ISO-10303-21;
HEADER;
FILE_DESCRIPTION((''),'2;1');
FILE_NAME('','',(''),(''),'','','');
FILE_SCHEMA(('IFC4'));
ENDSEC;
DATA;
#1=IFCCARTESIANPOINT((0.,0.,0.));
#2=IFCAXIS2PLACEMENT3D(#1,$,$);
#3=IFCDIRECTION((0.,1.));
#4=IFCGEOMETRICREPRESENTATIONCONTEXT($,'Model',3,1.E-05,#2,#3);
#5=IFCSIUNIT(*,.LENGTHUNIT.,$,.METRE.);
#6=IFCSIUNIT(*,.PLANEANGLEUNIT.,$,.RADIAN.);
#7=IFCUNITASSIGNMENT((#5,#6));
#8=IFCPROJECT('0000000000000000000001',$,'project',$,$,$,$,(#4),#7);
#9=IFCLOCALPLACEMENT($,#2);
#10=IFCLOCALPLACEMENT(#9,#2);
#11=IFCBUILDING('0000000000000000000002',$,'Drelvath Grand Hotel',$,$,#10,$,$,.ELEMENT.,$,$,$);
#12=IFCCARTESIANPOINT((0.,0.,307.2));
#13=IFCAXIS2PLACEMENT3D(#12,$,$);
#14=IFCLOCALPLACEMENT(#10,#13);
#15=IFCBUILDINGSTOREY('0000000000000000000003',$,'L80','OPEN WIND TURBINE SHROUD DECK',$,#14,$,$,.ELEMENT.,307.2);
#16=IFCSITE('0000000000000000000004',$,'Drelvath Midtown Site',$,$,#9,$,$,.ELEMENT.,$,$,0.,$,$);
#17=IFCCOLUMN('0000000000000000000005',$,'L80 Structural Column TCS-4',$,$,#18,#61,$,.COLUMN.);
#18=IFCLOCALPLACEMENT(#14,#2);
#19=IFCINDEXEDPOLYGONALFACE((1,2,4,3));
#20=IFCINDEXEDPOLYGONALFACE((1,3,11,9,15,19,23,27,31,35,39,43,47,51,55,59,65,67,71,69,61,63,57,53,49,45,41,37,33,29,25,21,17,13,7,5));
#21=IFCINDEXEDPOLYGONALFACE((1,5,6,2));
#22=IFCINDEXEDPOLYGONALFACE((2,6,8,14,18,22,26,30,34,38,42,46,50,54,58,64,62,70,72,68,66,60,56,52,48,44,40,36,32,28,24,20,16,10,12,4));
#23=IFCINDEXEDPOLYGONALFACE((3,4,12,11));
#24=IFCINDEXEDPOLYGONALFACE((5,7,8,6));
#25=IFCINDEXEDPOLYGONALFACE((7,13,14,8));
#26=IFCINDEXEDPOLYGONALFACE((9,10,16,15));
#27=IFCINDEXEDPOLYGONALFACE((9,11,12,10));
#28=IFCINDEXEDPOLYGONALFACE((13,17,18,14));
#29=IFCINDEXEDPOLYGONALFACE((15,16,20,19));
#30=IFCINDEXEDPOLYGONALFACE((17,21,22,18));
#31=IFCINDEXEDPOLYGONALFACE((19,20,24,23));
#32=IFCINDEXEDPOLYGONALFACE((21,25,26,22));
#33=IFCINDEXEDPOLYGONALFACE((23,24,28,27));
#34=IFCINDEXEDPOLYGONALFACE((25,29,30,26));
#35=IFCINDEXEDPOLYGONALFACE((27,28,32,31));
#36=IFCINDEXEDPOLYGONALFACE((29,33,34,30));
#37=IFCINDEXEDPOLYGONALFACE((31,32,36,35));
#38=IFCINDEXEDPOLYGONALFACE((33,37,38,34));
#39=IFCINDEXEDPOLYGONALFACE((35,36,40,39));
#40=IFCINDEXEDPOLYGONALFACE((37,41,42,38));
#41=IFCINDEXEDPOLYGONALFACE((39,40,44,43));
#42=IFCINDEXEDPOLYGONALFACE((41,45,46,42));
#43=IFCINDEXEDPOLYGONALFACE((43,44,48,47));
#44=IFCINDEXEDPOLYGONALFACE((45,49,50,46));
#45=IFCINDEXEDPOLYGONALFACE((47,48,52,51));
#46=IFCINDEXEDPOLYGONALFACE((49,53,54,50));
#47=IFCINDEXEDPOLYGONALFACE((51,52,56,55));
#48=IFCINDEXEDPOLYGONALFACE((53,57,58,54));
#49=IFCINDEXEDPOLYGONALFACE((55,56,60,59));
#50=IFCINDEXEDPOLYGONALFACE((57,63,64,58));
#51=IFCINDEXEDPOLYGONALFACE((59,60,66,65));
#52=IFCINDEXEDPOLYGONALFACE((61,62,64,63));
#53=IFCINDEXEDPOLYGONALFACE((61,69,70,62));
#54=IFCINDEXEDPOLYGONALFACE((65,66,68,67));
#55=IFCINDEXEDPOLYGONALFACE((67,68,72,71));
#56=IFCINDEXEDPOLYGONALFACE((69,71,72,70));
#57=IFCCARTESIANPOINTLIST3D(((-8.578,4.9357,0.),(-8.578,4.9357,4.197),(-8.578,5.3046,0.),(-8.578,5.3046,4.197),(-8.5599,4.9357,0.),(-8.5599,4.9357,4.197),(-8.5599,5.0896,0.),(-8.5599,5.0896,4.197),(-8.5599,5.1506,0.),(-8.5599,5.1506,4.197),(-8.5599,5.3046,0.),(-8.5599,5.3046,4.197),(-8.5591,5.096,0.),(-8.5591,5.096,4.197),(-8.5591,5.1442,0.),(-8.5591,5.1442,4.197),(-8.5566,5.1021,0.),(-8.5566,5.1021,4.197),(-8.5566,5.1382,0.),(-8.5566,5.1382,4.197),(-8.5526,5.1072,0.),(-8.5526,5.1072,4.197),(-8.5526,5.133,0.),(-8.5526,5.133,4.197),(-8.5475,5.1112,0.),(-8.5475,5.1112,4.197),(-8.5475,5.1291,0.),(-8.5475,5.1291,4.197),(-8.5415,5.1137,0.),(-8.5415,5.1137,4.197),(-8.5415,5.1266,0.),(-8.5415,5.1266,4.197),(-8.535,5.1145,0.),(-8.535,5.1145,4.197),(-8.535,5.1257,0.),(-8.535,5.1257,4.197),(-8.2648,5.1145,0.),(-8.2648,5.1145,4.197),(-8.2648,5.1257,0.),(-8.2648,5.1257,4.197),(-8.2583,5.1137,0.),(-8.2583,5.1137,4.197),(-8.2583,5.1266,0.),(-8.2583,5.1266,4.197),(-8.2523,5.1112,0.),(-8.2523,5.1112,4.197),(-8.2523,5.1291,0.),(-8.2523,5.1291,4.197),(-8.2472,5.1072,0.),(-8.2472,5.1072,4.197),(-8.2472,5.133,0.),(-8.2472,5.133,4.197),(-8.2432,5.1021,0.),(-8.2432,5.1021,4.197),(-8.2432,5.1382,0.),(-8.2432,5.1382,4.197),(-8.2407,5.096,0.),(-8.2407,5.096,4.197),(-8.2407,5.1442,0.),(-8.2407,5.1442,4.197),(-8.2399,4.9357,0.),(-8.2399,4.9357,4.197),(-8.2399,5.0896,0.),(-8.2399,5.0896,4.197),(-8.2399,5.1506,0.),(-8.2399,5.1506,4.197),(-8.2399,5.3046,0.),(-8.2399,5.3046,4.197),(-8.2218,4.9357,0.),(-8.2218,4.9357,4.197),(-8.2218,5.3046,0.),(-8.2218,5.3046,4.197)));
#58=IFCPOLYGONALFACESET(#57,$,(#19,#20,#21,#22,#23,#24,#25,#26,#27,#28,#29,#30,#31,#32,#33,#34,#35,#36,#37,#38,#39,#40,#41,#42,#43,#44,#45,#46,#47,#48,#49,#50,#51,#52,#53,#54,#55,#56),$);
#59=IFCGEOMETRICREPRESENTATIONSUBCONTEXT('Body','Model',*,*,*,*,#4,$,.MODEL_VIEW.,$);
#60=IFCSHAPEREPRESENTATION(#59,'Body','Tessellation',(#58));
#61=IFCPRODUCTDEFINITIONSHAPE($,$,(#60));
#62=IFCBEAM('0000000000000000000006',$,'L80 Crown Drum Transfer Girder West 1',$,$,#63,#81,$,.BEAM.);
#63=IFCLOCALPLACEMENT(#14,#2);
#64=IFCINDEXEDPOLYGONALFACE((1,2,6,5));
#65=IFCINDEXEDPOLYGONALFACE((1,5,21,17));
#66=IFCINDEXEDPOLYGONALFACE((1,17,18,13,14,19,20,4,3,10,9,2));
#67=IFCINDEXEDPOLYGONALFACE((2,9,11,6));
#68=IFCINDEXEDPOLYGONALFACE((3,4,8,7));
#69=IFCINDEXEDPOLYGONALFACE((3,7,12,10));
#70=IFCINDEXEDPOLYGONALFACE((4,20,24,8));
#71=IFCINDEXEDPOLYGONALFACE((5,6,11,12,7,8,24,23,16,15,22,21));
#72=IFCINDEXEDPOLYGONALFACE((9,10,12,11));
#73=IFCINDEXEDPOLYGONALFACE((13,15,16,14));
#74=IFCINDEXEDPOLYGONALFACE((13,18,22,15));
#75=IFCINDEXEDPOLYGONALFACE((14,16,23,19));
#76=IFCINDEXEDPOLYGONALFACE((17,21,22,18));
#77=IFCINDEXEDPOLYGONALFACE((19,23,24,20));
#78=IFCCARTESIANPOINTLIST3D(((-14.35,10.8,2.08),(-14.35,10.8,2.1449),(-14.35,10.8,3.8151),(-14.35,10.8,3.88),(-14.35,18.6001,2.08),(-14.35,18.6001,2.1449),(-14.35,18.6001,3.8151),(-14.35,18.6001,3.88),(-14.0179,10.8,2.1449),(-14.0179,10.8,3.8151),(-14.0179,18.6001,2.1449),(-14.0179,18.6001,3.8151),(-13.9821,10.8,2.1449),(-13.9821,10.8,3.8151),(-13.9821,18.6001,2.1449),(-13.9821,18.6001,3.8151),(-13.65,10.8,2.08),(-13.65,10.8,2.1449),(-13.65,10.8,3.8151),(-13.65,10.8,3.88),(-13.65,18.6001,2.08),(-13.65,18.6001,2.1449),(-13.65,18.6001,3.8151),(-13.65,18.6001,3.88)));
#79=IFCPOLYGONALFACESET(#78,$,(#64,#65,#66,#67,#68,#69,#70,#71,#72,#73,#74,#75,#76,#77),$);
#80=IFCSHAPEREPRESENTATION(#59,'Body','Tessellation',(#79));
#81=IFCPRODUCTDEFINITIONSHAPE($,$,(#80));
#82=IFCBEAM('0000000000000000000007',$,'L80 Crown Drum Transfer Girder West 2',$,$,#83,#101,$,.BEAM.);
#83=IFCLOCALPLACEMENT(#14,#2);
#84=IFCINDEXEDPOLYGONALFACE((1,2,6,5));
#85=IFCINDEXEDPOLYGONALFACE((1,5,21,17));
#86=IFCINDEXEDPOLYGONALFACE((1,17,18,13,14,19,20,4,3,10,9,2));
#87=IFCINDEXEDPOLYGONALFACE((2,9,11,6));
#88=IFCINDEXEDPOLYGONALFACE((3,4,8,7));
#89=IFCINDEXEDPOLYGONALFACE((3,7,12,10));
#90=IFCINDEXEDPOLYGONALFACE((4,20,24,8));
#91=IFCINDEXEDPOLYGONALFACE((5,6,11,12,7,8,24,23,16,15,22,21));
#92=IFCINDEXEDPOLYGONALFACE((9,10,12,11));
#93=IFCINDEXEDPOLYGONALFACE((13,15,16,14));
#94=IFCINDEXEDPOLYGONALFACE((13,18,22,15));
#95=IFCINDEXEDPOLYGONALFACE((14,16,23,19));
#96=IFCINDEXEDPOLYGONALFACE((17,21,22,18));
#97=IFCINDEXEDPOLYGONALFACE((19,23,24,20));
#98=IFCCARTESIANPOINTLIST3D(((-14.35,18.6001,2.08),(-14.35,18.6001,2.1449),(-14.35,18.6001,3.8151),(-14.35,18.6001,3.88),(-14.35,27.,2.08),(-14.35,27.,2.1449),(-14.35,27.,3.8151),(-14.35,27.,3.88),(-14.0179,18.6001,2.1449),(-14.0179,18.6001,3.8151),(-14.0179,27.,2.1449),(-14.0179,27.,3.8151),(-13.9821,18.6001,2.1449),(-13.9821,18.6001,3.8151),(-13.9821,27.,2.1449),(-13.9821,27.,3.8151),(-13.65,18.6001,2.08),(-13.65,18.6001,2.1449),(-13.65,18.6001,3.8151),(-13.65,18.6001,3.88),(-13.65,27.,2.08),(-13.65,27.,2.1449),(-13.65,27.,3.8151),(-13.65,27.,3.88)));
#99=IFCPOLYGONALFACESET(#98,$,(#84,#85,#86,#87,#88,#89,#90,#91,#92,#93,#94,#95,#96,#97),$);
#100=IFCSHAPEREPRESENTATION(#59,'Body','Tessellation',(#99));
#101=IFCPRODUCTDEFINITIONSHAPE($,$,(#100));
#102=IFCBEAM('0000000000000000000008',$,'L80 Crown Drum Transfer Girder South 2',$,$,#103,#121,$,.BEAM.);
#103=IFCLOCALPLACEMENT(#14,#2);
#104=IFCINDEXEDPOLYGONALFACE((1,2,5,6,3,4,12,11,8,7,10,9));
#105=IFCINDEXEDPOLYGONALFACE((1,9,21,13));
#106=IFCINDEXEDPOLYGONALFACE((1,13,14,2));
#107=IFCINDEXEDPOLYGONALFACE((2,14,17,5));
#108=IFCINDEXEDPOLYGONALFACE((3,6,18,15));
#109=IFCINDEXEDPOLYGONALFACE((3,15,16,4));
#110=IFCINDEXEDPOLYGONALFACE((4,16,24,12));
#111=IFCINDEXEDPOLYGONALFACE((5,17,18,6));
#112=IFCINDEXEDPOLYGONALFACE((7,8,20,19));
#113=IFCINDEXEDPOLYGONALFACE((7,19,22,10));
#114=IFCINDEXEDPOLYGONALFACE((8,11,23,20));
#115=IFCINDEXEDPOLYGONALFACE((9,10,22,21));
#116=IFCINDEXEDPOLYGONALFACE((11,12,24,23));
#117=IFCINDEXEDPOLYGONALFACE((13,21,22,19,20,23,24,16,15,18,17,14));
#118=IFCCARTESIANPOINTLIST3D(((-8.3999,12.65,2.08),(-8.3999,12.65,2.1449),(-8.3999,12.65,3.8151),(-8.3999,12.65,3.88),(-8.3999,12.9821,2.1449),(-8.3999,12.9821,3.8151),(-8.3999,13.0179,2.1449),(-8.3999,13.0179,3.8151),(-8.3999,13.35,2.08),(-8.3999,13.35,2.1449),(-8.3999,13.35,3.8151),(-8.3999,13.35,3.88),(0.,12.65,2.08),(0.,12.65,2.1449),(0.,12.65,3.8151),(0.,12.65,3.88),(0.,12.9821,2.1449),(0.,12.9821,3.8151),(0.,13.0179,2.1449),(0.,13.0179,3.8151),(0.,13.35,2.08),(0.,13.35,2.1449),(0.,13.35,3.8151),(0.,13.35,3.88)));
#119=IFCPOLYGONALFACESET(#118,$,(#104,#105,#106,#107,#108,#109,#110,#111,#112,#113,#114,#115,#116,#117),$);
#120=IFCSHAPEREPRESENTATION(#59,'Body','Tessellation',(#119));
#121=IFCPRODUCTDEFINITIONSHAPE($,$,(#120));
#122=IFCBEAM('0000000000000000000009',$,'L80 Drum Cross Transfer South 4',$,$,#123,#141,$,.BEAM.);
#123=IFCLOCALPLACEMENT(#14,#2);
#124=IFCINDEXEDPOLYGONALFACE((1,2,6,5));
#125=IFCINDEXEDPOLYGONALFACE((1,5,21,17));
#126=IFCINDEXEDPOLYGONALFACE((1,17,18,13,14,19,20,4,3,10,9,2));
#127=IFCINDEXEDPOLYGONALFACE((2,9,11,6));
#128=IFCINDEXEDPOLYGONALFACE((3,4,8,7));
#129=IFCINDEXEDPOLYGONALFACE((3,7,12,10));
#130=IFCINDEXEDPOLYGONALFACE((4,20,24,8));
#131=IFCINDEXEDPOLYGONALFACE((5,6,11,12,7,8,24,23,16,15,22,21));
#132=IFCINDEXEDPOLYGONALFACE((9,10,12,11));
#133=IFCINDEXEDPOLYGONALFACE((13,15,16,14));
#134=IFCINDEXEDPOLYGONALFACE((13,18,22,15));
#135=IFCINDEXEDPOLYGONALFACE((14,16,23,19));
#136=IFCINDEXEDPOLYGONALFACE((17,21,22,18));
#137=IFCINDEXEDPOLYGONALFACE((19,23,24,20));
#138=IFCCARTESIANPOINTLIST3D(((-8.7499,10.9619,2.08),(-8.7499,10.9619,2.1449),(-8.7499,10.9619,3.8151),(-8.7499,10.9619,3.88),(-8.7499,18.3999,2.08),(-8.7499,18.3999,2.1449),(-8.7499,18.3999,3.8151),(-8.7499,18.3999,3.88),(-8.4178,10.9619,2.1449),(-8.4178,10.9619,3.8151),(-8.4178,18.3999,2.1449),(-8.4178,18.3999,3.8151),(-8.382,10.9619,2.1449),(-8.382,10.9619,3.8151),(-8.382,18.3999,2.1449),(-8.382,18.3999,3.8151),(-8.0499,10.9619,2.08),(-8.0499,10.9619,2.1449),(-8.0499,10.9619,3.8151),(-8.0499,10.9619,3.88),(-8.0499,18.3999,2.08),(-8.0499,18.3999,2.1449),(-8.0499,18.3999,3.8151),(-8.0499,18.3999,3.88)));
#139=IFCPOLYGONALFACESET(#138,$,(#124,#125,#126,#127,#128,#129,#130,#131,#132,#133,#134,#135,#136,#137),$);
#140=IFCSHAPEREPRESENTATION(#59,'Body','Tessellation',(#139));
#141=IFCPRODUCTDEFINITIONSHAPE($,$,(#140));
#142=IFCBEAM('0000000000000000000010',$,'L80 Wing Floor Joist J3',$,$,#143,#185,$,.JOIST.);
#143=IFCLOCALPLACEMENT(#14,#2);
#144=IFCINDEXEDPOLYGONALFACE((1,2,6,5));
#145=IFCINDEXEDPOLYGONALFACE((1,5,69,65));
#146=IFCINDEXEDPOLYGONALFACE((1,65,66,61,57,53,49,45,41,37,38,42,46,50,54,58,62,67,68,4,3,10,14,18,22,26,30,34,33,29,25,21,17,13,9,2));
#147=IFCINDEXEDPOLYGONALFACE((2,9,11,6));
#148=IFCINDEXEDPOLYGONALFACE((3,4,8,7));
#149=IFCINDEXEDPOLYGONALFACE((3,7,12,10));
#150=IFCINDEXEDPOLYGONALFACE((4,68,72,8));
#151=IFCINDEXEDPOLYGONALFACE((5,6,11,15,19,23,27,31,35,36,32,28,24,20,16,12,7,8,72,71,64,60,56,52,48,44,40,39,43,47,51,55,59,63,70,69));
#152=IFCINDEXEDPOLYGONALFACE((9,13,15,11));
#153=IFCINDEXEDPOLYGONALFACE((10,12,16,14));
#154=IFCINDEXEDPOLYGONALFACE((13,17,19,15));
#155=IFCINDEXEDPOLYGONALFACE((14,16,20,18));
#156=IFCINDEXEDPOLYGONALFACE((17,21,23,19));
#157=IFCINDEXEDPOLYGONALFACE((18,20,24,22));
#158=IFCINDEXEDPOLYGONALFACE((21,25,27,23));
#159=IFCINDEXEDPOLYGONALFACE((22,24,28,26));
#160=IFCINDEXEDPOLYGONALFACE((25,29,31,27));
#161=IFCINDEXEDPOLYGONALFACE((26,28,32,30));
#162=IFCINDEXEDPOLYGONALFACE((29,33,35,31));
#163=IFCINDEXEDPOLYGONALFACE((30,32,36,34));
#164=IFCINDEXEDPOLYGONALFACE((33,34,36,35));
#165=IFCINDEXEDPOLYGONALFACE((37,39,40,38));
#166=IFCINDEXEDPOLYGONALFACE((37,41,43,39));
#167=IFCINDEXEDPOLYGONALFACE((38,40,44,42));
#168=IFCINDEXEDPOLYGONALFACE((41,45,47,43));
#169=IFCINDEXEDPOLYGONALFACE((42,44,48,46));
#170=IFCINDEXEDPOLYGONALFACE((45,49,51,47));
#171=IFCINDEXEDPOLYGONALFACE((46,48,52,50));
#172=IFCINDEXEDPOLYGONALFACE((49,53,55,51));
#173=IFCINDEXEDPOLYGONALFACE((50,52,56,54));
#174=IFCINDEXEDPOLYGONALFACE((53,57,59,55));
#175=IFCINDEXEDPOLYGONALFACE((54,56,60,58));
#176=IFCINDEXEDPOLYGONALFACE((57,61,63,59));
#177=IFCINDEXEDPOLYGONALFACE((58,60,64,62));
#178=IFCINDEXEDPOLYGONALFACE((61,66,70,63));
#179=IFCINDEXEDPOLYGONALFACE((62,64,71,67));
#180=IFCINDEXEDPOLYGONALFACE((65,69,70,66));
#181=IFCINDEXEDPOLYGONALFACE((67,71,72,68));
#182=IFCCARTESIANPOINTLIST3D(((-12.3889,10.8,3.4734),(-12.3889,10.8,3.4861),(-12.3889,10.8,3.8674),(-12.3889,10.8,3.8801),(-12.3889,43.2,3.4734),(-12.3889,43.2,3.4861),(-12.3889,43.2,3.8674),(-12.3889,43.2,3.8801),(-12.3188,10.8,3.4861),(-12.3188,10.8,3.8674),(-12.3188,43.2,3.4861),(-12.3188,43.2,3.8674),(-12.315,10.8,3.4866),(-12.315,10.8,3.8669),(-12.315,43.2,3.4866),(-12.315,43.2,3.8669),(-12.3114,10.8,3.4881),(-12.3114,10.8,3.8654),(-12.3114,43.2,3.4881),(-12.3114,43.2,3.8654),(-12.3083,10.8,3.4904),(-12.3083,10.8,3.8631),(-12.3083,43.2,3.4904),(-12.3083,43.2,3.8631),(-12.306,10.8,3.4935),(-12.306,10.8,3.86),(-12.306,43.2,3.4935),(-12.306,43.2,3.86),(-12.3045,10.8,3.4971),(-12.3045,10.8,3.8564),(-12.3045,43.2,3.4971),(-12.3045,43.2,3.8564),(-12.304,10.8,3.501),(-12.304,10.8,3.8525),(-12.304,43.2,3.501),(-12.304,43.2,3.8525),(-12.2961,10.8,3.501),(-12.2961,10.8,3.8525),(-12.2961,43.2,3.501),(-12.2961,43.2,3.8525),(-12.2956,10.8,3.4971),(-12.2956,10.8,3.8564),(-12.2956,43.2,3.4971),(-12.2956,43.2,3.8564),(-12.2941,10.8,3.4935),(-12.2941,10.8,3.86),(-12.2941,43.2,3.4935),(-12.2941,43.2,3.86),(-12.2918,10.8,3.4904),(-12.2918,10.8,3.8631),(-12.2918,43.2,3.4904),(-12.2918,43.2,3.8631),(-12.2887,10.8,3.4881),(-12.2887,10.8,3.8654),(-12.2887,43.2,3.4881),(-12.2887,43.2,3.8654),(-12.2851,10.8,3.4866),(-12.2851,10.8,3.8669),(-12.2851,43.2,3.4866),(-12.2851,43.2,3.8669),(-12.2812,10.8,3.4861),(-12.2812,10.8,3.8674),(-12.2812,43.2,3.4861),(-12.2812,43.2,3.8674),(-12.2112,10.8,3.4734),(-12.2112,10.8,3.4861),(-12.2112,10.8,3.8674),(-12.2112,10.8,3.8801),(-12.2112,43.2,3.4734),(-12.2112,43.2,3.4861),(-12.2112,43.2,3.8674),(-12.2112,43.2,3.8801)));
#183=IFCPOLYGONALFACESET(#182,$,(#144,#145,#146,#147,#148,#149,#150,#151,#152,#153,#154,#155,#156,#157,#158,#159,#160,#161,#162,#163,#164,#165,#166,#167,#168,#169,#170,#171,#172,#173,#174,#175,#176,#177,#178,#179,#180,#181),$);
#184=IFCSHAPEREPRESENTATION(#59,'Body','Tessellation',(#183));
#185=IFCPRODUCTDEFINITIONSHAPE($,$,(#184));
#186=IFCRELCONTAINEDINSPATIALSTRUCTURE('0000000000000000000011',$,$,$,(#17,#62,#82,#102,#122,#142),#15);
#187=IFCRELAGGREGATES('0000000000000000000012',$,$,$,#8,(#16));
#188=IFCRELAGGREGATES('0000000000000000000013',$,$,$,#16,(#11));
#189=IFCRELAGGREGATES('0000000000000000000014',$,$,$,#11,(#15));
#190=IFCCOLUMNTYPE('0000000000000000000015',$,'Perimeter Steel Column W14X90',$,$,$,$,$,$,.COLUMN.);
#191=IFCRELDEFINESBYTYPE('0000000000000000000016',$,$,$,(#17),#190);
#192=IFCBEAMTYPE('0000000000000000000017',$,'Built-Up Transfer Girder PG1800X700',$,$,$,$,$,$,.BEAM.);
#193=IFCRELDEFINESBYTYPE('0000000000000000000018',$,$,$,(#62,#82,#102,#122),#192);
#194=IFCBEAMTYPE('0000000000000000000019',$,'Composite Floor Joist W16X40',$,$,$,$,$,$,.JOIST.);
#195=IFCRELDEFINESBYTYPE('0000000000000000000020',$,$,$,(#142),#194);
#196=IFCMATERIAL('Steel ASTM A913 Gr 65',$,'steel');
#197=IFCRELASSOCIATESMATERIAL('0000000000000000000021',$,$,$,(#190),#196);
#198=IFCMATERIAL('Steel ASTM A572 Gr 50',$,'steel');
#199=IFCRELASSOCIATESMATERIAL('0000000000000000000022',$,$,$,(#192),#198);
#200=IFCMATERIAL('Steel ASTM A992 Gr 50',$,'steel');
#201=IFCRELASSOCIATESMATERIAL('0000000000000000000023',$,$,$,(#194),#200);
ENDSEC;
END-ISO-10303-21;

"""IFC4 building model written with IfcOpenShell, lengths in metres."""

from ifc_helpers import new_model, si_unit, direction, frame, origin, origin_2d, place, context, subcontext, project, spatial, i_section, extrude, material, material_profile, profile_set, type_object, element, save


model = new_model("IFC4")

# Units and contexts
model_context = context("Model", 3, precision=1e-05, world=origin(), true_north=direction((0.0, 1.0)))
body_context = subcontext(model_context, "Body", "Model", "MODEL_VIEW")
ifc_project = project(units=[si_unit("LENGTHUNIT", "METRE"), si_unit("PLANEANGLEUNIT", "RADIAN")], contexts=[model_context])

# Site, building, storey
site_placement = place(None, origin())
site = spatial("IfcSite", under=ifc_project, at=site_placement, Name="Drelvath Midtown Site", CompositionType="ELEMENT", RefElevation=0.0)
building_placement = place(site_placement, origin())
building = spatial("IfcBuilding", under=site, at=building_placement, Name="Drelvath Grand Hotel", CompositionType="ELEMENT")
storey_placement = place(building_placement, frame((0.0, 0.0, 307.2)))
storey = spatial("IfcBuildingStorey", under=building, at=storey_placement, Name="L80", Description="OPEN WIND TURBINE SHROUD DECK", CompositionType="ELEMENT", Elevation=307.2)

# Column
ifc_material_1 = material(Name="Steel ASTM A913 Gr 65", Category="steel")
ifc_material_profile_1 = material_profile(ifc_material_1, i_section(OverallWidth=0.3689, OverallDepth=0.3562, WebThickness=0.0112, FlangeThickness=0.0181, FilletRadius=0.0249, at=origin_2d()), Name="W14X90")
ifc_profile_set_1 = profile_set([ifc_material_profile_1], Name="Steel ASTM A913 Gr 65")
column_type = type_object("IfcColumnType", Name="Perimeter Steel Column W14X90", PredefinedType="COLUMN", material=ifc_profile_set_1)
column_placement = place(storey_placement, frame((-8.3999, 5.1201, 0.0), z_axis=(0.0, 0.0, 1.0), x_axis=(0.0, 1.0, 0.0)))
element("IfcColumn", 1, at=column_placement, inside=storey, type_object=column_type, Name="L80 Structural Column TCS-4", PredefinedType="COLUMN", context=body_context, shape_type="SweptSolid", body=[
    extrude(i_section(OverallWidth=0.3689, OverallDepth=0.3562, WebThickness=0.0112, FlangeThickness=0.0181, FilletRadius=0.0249, at=origin_2d()), origin(), (0.0, 0.0, 1.0), 4.197),
])

# Beams
ifc_material_2 = material(Name="Steel ASTM A572 Gr 50", Category="steel")
ifc_material_profile_2 = material_profile(ifc_material_2, i_section(OverallWidth=0.7, OverallDepth=1.8, WebThickness=0.0359, FlangeThickness=0.0649, at=origin_2d()), Name="PG1800X700")
ifc_profile_set_2 = profile_set([ifc_material_profile_2], Name="Steel ASTM A572 Gr 50")
beam_type_1 = type_object("IfcBeamType", Name="Built-Up Transfer Girder PG1800X700", PredefinedType="BEAM", material=ifc_profile_set_2)
beam_1_placement = place(storey_placement, frame((-14.0, 10.8, 2.98), z_axis=(0.0, 1.0, 0.0), x_axis=(-1.0, 0.0, 0.0)))
element("IfcBeam", 2, at=beam_1_placement, inside=storey, type_object=beam_type_1, Name="L80 Crown Drum Transfer Girder West 1", PredefinedType="BEAM", context=body_context, shape_type="SweptSolid", body=[
    extrude(i_section(OverallWidth=0.7, OverallDepth=1.8, WebThickness=0.0359, FlangeThickness=0.0649, at=origin_2d()), origin(), (0.0, 0.0, 1.0), 7.8),
])
for number, where, z_axis, x_axis, name in (
    (3, (-14.0, 18.6001, 2.98), (0.0, 1.0, 0.0), (-1.0, 0.0, 0.0), "L80 Crown Drum Transfer Girder West 2"),
    (4, (-8.3999, 13.0, 2.98), (1.0, 0.0, 0.0), (0.0, 1.0, 0.0), "L80 Crown Drum Transfer Girder South 2"),
):
    element("IfcBeam", number, at=place(storey_placement, frame(where, z_axis=z_axis, x_axis=x_axis)), inside=storey, type_object=beam_type_1, Name=name, PredefinedType="BEAM", context=body_context, shape_type="SweptSolid", body=[
        extrude(i_section(OverallWidth=0.7, OverallDepth=1.8, WebThickness=0.0359, FlangeThickness=0.0649, at=origin_2d()), origin(), (0.0, 0.0, 1.0), 8.3999),
    ])
beam_2_placement = place(storey_placement, frame((-8.3999, 10.9619, 2.98), z_axis=(0.0, 1.0, 0.0), x_axis=(-1.0, 0.0, 0.0)))
element("IfcBeam", 5, at=beam_2_placement, inside=storey, type_object=beam_type_1, Name="L80 Drum Cross Transfer South 4", PredefinedType="BEAM", context=body_context, shape_type="SweptSolid", body=[
    extrude(i_section(OverallWidth=0.7, OverallDepth=1.8, WebThickness=0.0359, FlangeThickness=0.0649, at=origin_2d()), origin(), (0.0, 0.0, 1.0), 7.438),
])
ifc_material_3 = material(Name="Steel ASTM A992 Gr 50", Category="steel")
ifc_material_profile_3 = material_profile(ifc_material_3, i_section(OverallWidth=0.1777, OverallDepth=0.4067, WebThickness=0.0078, FlangeThickness=0.0127, FilletRadius=0.0149, at=origin_2d()), Name="W16X40")
ifc_profile_set_3 = profile_set([ifc_material_profile_3], Name="Steel ASTM A992 Gr 50")
beam_type_2 = type_object("IfcBeamType", Name="Composite Floor Joist W16X40", PredefinedType="JOIST", material=ifc_profile_set_3)
beam_3_placement = place(storey_placement, frame((-12.3, 10.8, 3.6768), z_axis=(0.0, 1.0, 0.0), x_axis=(-1.0, 0.0, 0.0)))
element("IfcBeam", 6, at=beam_3_placement, inside=storey, type_object=beam_type_2, Name="L80 Wing Floor Joist J3", PredefinedType="JOIST", context=body_context, shape_type="SweptSolid", body=[
    extrude(i_section(OverallWidth=0.1777, OverallDepth=0.4067, WebThickness=0.0078, FlangeThickness=0.0127, FilletRadius=0.0149, at=origin_2d()), origin(), (0.0, 0.0, 1.0), 32.3999),
])

save(model, "model.ifc")
